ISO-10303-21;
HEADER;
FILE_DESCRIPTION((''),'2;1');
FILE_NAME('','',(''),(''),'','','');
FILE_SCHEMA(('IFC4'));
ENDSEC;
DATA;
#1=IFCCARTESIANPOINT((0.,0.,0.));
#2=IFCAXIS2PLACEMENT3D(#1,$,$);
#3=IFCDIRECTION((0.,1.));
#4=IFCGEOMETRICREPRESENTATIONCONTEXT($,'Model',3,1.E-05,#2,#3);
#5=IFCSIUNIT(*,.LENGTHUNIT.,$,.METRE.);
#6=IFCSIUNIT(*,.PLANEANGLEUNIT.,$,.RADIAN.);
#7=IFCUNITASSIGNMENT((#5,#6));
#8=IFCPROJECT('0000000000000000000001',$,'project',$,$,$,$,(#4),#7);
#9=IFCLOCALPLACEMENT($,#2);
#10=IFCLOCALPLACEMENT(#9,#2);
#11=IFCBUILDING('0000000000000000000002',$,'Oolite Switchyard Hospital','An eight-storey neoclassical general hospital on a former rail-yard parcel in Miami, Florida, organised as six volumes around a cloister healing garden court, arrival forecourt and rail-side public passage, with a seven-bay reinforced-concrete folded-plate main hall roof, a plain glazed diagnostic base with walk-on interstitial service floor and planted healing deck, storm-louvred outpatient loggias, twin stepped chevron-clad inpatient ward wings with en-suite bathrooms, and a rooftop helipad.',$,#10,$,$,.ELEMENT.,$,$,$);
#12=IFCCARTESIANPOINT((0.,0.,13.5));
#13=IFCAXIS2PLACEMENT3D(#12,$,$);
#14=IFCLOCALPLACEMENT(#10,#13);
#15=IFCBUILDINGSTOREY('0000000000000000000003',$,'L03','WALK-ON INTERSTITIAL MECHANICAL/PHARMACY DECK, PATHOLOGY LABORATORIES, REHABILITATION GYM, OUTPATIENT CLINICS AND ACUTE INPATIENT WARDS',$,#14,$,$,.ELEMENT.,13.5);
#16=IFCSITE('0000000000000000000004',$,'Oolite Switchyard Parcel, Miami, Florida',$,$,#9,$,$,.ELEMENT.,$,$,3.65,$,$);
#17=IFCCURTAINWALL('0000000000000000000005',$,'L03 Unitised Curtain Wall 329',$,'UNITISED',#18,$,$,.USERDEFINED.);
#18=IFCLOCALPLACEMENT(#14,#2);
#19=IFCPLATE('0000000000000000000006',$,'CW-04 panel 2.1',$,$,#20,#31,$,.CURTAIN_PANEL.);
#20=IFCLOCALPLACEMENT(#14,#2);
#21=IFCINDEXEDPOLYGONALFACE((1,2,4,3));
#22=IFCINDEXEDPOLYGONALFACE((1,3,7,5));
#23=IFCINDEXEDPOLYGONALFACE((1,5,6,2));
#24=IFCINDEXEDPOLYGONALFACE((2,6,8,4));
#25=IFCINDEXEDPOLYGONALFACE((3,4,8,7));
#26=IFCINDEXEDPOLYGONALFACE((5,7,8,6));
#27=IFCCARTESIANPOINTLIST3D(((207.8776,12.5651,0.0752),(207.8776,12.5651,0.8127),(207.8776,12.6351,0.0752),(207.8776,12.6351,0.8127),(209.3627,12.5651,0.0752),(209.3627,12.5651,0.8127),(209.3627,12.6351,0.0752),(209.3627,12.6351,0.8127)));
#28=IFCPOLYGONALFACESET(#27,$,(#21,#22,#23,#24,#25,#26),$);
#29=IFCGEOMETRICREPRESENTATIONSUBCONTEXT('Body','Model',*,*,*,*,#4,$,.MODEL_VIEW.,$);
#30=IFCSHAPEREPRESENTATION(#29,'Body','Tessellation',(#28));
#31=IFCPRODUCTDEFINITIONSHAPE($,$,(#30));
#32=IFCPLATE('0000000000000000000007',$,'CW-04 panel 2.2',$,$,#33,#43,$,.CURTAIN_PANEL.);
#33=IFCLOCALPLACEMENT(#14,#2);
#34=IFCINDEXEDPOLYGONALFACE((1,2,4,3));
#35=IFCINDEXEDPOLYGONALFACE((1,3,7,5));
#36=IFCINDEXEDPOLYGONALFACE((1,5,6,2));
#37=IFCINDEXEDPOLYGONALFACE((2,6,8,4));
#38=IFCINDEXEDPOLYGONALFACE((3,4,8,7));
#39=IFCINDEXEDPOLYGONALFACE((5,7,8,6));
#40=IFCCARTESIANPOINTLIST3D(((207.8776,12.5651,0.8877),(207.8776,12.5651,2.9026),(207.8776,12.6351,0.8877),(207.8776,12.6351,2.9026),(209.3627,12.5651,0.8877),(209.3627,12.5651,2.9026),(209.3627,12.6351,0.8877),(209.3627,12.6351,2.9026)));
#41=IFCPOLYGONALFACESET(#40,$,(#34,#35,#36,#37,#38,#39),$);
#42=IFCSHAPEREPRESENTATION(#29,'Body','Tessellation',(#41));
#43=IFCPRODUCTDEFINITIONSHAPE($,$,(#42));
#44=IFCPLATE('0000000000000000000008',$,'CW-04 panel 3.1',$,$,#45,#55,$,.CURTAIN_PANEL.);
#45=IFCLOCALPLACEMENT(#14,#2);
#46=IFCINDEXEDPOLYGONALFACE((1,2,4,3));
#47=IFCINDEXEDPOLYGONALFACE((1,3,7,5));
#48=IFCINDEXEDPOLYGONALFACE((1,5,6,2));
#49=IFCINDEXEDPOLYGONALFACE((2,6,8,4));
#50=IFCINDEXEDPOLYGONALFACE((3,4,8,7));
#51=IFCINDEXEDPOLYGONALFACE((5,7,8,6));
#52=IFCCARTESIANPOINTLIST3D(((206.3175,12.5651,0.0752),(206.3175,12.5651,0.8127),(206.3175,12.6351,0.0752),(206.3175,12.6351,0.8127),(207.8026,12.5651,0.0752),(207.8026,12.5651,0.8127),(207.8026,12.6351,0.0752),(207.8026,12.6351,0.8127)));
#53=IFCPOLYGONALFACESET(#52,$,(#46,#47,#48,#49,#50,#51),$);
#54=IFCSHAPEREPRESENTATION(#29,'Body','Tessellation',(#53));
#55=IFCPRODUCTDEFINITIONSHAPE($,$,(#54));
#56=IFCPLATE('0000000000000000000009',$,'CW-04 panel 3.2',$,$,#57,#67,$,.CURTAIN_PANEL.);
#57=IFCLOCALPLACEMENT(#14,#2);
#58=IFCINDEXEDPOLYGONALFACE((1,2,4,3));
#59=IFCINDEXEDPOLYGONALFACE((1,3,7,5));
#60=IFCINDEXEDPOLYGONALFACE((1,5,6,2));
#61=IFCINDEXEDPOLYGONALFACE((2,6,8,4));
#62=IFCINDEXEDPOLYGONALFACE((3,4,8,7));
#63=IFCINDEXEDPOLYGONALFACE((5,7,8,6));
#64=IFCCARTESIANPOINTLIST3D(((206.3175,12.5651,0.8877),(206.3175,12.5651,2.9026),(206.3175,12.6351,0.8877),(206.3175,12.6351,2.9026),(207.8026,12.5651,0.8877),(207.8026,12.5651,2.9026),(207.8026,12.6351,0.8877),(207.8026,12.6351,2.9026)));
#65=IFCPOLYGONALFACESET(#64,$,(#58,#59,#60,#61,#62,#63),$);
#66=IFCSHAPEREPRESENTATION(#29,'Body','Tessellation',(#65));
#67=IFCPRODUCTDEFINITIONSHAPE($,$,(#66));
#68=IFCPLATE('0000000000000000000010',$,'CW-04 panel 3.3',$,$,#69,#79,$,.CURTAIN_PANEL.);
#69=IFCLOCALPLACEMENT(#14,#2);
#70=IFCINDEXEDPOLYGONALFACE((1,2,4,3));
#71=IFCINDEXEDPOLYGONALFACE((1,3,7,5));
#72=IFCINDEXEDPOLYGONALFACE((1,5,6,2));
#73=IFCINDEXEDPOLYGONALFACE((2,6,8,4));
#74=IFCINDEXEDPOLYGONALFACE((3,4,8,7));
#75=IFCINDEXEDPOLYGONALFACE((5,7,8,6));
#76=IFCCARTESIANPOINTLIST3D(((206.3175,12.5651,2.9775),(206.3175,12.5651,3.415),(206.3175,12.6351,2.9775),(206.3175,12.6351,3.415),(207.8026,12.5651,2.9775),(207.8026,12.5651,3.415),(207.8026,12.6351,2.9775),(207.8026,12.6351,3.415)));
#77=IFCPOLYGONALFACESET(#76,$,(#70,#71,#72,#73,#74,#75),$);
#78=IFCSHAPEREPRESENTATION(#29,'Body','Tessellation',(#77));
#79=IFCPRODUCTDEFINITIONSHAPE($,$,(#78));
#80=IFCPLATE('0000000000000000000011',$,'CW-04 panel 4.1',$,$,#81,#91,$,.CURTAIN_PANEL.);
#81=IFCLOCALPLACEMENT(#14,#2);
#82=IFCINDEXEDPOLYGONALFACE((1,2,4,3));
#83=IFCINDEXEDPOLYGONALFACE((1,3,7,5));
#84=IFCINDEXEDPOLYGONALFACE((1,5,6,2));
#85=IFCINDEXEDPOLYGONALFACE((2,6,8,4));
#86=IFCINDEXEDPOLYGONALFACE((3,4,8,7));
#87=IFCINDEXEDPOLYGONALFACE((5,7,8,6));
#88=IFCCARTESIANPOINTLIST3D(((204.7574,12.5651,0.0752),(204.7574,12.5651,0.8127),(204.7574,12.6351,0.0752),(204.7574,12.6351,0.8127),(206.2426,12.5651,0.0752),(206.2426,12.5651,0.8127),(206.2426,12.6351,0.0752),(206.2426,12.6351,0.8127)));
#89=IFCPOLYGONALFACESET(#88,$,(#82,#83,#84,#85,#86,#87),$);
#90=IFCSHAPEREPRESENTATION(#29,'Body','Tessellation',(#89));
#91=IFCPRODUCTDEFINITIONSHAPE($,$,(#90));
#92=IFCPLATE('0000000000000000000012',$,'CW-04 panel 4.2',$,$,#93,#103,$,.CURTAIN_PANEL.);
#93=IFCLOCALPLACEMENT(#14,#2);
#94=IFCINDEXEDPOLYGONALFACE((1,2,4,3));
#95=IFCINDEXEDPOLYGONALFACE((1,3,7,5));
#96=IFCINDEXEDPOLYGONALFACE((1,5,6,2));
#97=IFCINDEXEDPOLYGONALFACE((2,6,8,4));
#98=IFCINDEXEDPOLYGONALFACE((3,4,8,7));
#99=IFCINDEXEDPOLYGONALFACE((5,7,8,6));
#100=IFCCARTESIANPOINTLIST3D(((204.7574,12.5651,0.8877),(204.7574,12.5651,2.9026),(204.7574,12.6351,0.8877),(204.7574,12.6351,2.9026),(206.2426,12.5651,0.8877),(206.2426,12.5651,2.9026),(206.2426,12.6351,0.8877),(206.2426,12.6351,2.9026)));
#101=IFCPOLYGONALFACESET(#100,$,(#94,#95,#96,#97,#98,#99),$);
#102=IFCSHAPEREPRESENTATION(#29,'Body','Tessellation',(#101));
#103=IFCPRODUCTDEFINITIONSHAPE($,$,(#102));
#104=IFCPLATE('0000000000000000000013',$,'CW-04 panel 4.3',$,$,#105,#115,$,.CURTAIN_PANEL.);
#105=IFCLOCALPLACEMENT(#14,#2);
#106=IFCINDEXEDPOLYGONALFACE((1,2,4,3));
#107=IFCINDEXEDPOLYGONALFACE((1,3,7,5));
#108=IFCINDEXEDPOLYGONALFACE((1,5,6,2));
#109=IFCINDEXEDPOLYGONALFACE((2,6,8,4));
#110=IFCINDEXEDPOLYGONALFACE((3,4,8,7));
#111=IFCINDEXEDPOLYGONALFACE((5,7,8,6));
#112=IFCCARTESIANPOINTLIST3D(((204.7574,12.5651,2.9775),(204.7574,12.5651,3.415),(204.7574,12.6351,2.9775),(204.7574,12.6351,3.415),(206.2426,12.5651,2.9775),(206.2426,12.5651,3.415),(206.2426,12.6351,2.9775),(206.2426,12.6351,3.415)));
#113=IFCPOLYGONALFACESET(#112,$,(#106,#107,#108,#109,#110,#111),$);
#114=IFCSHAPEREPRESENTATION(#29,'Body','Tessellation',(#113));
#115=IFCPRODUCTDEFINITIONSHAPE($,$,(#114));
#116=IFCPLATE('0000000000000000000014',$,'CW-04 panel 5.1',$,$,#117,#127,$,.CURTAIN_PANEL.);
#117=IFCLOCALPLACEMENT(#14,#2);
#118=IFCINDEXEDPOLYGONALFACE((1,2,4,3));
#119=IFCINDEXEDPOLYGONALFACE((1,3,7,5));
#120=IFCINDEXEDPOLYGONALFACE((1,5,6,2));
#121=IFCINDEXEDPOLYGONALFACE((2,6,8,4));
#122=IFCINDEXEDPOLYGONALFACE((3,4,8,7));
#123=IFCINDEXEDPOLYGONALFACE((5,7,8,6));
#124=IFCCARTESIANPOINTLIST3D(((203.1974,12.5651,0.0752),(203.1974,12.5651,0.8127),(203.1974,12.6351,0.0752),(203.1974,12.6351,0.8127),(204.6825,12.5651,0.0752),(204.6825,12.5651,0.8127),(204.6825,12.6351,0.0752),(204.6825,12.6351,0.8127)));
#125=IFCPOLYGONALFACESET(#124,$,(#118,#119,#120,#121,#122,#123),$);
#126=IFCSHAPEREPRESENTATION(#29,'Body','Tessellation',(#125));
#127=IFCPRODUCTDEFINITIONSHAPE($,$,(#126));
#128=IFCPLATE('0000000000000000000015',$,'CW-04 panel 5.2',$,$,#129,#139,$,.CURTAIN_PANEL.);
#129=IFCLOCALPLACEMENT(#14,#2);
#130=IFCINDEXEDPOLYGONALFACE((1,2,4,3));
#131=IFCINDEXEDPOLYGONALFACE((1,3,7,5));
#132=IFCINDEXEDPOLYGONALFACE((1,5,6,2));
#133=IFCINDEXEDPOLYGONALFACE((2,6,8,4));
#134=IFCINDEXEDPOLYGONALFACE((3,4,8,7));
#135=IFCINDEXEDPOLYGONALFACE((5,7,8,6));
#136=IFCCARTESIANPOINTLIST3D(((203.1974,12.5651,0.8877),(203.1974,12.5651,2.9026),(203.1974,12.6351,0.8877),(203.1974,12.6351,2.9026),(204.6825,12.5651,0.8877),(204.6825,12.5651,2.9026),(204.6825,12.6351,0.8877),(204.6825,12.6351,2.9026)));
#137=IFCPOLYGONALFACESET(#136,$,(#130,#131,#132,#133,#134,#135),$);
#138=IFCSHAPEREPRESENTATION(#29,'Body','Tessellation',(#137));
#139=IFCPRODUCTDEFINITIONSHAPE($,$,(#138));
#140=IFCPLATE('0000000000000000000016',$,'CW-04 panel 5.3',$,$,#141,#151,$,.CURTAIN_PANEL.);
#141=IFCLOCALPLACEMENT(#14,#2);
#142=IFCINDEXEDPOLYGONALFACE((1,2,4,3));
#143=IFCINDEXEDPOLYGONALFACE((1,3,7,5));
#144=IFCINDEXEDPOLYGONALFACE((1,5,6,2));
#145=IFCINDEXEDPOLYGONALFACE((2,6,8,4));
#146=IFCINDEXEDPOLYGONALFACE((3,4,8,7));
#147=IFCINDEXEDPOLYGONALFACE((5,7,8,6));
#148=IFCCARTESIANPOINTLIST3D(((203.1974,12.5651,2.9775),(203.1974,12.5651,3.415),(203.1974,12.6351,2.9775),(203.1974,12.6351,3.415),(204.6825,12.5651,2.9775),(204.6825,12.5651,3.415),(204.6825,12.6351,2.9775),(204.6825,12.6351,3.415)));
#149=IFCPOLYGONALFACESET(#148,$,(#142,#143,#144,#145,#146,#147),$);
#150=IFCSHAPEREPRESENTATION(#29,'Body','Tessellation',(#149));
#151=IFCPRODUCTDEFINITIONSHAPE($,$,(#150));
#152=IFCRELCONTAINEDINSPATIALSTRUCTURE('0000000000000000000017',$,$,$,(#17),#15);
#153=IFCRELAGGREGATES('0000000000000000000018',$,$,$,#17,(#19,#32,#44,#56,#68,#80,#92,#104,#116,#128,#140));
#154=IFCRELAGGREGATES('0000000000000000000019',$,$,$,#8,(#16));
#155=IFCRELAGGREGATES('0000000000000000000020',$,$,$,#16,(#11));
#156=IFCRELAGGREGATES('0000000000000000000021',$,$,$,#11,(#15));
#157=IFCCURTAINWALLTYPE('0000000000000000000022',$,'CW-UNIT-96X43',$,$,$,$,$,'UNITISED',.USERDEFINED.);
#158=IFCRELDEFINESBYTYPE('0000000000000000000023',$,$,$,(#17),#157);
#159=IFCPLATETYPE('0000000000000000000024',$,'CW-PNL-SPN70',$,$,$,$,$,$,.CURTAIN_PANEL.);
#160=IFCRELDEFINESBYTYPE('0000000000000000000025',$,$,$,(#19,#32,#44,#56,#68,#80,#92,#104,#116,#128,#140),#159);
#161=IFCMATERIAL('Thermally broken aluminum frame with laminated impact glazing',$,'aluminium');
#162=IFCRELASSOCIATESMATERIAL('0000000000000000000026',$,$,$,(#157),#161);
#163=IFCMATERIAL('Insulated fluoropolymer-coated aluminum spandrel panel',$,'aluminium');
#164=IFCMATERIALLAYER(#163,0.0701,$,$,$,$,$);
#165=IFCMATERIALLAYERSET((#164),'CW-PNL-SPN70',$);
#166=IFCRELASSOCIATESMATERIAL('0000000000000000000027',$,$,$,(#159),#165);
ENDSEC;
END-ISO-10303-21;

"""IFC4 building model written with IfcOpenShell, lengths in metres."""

from ifc_helpers import new_model, si_unit, direction, frame, origin, origin_2d, place, context, subcontext, project, spatial, rectangle, extrude, material, layer, layer_set, type_object, element, aggregate, save


model = new_model("IFC4")

# Units and contexts
model_context = context("Model", 3, precision=1e-05, world=origin(), true_north=direction((0.0, 1.0)))
body_context = subcontext(model_context, "Body", "Model", "MODEL_VIEW")
ifc_project = project(units=[si_unit("LENGTHUNIT", "METRE"), si_unit("PLANEANGLEUNIT", "RADIAN")], contexts=[model_context])

# Site, building, storey
site_placement = place(None, origin())
site = spatial("IfcSite", under=ifc_project, at=site_placement, Name="Oolite Switchyard Parcel, Miami, Florida", CompositionType="ELEMENT", RefElevation=3.65)
building_placement = place(site_placement, origin())
building = spatial("IfcBuilding", under=site, at=building_placement, Name="Oolite Switchyard Hospital", Description="An eight-storey neoclassical general hospital on a former rail-yard parcel in Miami, Florida, organised as six volumes around a cloister healing garden court, arrival forecourt and rail-side public passage, with a seven-bay reinforced-concrete folded-plate main hall roof, a plain glazed diagnostic base with walk-on interstitial service floor and planted healing deck, storm-louvred outpatient loggias, twin stepped chevron-clad inpatient ward wings with en-suite bathrooms, and a rooftop helipad.", CompositionType="ELEMENT")
storey_placement = place(building_placement, frame((0.0, 0.0, 13.5)))
storey = spatial("IfcBuildingStorey", under=building, at=storey_placement, Name="L03", Description="WALK-ON INTERSTITIAL MECHANICAL/PHARMACY DECK, PATHOLOGY LABORATORIES, REHABILITATION GYM, OUTPATIENT CLINICS AND ACUTE INPATIENT WARDS", CompositionType="ELEMENT", Elevation=13.5)

# Curtain wall, plates
ifc_material_1 = material(Name="Thermally broken aluminum frame with laminated impact glazing", Category="aluminium")
curtain_wall_type = type_object("IfcCurtainWallType", Name="CW-UNIT-96X43", ElementType="UNITISED", PredefinedType="USERDEFINED", material=ifc_material_1)
curtain_wall_placement = place(storey_placement, origin())
curtain_wall = element("IfcCurtainWall", 1, at=curtain_wall_placement, inside=storey, type_object=curtain_wall_type, Name="L03 Unitised Curtain Wall 329", ObjectType="UNITISED", PredefinedType="USERDEFINED")
ifc_material_2 = material(Name="Insulated fluoropolymer-coated aluminum spandrel panel", Category="aluminium")
ifc_layer = layer(ifc_material_2, 0.0701)
ifc_layer_set = layer_set([ifc_layer], Name="CW-PNL-SPN70")
plate_type = type_object("IfcPlateType", Name="CW-PNL-SPN70", PredefinedType="CURTAIN_PANEL", material=ifc_layer_set)
plate_1_placement = place(storey_placement, frame((208.6201, 12.6001, 0.0752), z_axis=(0.0, 0.0, 1.0), x_axis=(-1.0, 0.0, 0.0)))
plate_1 = element("IfcPlate", 2, at=plate_1_placement, type_object=plate_type, Name="CW-04 panel 2.1", PredefinedType="CURTAIN_PANEL", context=body_context, shape_type="SweptSolid", body=[
    extrude(rectangle(XDim=1.4851, YDim=0.0701, at=origin_2d()), origin(), (0.0, 0.0, 1.0), 0.7375),
])
plate_2_placement = place(storey_placement, frame((208.6201, 12.6001, 0.8877), z_axis=(0.0, 0.0, 1.0), x_axis=(-1.0, 0.0, 0.0)))
plate_2 = element("IfcPlate", 3, at=plate_2_placement, type_object=plate_type, Name="CW-04 panel 2.2", PredefinedType="CURTAIN_PANEL", context=body_context, shape_type="SweptSolid", body=[
    extrude(rectangle(XDim=1.4851, YDim=0.0701, at=origin_2d()), origin(), (0.0, 0.0, 1.0), 2.0149),
])
plate_3_placement = place(storey_placement, frame((207.0601, 12.6001, 0.0752), z_axis=(0.0, 0.0, 1.0), x_axis=(-1.0, 0.0, 0.0)))
plate_3 = element("IfcPlate", 4, at=plate_3_placement, type_object=plate_type, Name="CW-04 panel 3.1", PredefinedType="CURTAIN_PANEL", context=body_context, shape_type="SweptSolid", body=[
    extrude(rectangle(XDim=1.4851, YDim=0.0701, at=origin_2d()), origin(), (0.0, 0.0, 1.0), 0.7375),
])
plate_4_placement = place(storey_placement, frame((207.0601, 12.6001, 0.8877), z_axis=(0.0, 0.0, 1.0), x_axis=(-1.0, 0.0, 0.0)))
plate_4 = element("IfcPlate", 5, at=plate_4_placement, type_object=plate_type, Name="CW-04 panel 3.2", PredefinedType="CURTAIN_PANEL", context=body_context, shape_type="SweptSolid", body=[
    extrude(rectangle(XDim=1.4851, YDim=0.0701, at=origin_2d()), origin(), (0.0, 0.0, 1.0), 2.0149),
])
plate_5_placement = place(storey_placement, frame((207.0601, 12.6001, 2.9775), z_axis=(0.0, 0.0, 1.0), x_axis=(-1.0, 0.0, 0.0)))
plate_5 = element("IfcPlate", 6, at=plate_5_placement, type_object=plate_type, Name="CW-04 panel 3.3", PredefinedType="CURTAIN_PANEL", context=body_context, shape_type="SweptSolid", body=[
    extrude(rectangle(XDim=1.4851, YDim=0.0701, at=origin_2d()), origin(), (0.0, 0.0, 1.0), 0.4375),
])
plate_6_placement = place(storey_placement, frame((205.5, 12.6001, 0.0752), z_axis=(0.0, 0.0, 1.0), x_axis=(-1.0, 0.0, 0.0)))
plate_6 = element("IfcPlate", 7, at=plate_6_placement, type_object=plate_type, Name="CW-04 panel 4.1", PredefinedType="CURTAIN_PANEL", context=body_context, shape_type="SweptSolid", body=[
    extrude(rectangle(XDim=1.4851, YDim=0.0701, at=origin_2d()), origin(), (0.0, 0.0, 1.0), 0.7375),
])
plate_7_placement = place(storey_placement, frame((205.5, 12.6001, 0.8877), z_axis=(0.0, 0.0, 1.0), x_axis=(-1.0, 0.0, 0.0)))
plate_7 = element("IfcPlate", 8, at=plate_7_placement, type_object=plate_type, Name="CW-04 panel 4.2", PredefinedType="CURTAIN_PANEL", context=body_context, shape_type="SweptSolid", body=[
    extrude(rectangle(XDim=1.4851, YDim=0.0701, at=origin_2d()), origin(), (0.0, 0.0, 1.0), 2.0149),
])
plate_8_placement = place(storey_placement, frame((205.5, 12.6001, 2.9775), z_axis=(0.0, 0.0, 1.0), x_axis=(-1.0, 0.0, 0.0)))
plate_8 = element("IfcPlate", 9, at=plate_8_placement, type_object=plate_type, Name="CW-04 panel 4.3", PredefinedType="CURTAIN_PANEL", context=body_context, shape_type="SweptSolid", body=[
    extrude(rectangle(XDim=1.4851, YDim=0.0701, at=origin_2d()), origin(), (0.0, 0.0, 1.0), 0.4375),
])
plate_9_placement = place(storey_placement, frame((203.9399, 12.6001, 0.0752), z_axis=(0.0, 0.0, 1.0), x_axis=(-1.0, 0.0, 0.0)))
plate_9 = element("IfcPlate", 10, at=plate_9_placement, type_object=plate_type, Name="CW-04 panel 5.1", PredefinedType="CURTAIN_PANEL", context=body_context, shape_type="SweptSolid", body=[
    extrude(rectangle(XDim=1.4851, YDim=0.0701, at=origin_2d()), origin(), (0.0, 0.0, 1.0), 0.7375),
])
plate_10_placement = place(storey_placement, frame((203.9399, 12.6001, 0.8877), z_axis=(0.0, 0.0, 1.0), x_axis=(-1.0, 0.0, 0.0)))
plate_10 = element("IfcPlate", 11, at=plate_10_placement, type_object=plate_type, Name="CW-04 panel 5.2", PredefinedType="CURTAIN_PANEL", context=body_context, shape_type="SweptSolid", body=[
    extrude(rectangle(XDim=1.4851, YDim=0.0701, at=origin_2d()), origin(), (0.0, 0.0, 1.0), 2.0149),
])
plate_11_placement = place(storey_placement, frame((203.9399, 12.6001, 2.9775), z_axis=(0.0, 0.0, 1.0), x_axis=(-1.0, 0.0, 0.0)))
plate_11 = element("IfcPlate", 12, at=plate_11_placement, type_object=plate_type, Name="CW-04 panel 5.3", PredefinedType="CURTAIN_PANEL", context=body_context, shape_type="SweptSolid", body=[
    extrude(rectangle(XDim=1.4851, YDim=0.0701, at=origin_2d()), origin(), (0.0, 0.0, 1.0), 0.4375),
])
aggregate(curtain_wall, [plate_1, plate_2, plate_3, plate_4, plate_5, plate_6, plate_7, plate_8, plate_9, plate_10, plate_11])

save(model, "model.ifc")
